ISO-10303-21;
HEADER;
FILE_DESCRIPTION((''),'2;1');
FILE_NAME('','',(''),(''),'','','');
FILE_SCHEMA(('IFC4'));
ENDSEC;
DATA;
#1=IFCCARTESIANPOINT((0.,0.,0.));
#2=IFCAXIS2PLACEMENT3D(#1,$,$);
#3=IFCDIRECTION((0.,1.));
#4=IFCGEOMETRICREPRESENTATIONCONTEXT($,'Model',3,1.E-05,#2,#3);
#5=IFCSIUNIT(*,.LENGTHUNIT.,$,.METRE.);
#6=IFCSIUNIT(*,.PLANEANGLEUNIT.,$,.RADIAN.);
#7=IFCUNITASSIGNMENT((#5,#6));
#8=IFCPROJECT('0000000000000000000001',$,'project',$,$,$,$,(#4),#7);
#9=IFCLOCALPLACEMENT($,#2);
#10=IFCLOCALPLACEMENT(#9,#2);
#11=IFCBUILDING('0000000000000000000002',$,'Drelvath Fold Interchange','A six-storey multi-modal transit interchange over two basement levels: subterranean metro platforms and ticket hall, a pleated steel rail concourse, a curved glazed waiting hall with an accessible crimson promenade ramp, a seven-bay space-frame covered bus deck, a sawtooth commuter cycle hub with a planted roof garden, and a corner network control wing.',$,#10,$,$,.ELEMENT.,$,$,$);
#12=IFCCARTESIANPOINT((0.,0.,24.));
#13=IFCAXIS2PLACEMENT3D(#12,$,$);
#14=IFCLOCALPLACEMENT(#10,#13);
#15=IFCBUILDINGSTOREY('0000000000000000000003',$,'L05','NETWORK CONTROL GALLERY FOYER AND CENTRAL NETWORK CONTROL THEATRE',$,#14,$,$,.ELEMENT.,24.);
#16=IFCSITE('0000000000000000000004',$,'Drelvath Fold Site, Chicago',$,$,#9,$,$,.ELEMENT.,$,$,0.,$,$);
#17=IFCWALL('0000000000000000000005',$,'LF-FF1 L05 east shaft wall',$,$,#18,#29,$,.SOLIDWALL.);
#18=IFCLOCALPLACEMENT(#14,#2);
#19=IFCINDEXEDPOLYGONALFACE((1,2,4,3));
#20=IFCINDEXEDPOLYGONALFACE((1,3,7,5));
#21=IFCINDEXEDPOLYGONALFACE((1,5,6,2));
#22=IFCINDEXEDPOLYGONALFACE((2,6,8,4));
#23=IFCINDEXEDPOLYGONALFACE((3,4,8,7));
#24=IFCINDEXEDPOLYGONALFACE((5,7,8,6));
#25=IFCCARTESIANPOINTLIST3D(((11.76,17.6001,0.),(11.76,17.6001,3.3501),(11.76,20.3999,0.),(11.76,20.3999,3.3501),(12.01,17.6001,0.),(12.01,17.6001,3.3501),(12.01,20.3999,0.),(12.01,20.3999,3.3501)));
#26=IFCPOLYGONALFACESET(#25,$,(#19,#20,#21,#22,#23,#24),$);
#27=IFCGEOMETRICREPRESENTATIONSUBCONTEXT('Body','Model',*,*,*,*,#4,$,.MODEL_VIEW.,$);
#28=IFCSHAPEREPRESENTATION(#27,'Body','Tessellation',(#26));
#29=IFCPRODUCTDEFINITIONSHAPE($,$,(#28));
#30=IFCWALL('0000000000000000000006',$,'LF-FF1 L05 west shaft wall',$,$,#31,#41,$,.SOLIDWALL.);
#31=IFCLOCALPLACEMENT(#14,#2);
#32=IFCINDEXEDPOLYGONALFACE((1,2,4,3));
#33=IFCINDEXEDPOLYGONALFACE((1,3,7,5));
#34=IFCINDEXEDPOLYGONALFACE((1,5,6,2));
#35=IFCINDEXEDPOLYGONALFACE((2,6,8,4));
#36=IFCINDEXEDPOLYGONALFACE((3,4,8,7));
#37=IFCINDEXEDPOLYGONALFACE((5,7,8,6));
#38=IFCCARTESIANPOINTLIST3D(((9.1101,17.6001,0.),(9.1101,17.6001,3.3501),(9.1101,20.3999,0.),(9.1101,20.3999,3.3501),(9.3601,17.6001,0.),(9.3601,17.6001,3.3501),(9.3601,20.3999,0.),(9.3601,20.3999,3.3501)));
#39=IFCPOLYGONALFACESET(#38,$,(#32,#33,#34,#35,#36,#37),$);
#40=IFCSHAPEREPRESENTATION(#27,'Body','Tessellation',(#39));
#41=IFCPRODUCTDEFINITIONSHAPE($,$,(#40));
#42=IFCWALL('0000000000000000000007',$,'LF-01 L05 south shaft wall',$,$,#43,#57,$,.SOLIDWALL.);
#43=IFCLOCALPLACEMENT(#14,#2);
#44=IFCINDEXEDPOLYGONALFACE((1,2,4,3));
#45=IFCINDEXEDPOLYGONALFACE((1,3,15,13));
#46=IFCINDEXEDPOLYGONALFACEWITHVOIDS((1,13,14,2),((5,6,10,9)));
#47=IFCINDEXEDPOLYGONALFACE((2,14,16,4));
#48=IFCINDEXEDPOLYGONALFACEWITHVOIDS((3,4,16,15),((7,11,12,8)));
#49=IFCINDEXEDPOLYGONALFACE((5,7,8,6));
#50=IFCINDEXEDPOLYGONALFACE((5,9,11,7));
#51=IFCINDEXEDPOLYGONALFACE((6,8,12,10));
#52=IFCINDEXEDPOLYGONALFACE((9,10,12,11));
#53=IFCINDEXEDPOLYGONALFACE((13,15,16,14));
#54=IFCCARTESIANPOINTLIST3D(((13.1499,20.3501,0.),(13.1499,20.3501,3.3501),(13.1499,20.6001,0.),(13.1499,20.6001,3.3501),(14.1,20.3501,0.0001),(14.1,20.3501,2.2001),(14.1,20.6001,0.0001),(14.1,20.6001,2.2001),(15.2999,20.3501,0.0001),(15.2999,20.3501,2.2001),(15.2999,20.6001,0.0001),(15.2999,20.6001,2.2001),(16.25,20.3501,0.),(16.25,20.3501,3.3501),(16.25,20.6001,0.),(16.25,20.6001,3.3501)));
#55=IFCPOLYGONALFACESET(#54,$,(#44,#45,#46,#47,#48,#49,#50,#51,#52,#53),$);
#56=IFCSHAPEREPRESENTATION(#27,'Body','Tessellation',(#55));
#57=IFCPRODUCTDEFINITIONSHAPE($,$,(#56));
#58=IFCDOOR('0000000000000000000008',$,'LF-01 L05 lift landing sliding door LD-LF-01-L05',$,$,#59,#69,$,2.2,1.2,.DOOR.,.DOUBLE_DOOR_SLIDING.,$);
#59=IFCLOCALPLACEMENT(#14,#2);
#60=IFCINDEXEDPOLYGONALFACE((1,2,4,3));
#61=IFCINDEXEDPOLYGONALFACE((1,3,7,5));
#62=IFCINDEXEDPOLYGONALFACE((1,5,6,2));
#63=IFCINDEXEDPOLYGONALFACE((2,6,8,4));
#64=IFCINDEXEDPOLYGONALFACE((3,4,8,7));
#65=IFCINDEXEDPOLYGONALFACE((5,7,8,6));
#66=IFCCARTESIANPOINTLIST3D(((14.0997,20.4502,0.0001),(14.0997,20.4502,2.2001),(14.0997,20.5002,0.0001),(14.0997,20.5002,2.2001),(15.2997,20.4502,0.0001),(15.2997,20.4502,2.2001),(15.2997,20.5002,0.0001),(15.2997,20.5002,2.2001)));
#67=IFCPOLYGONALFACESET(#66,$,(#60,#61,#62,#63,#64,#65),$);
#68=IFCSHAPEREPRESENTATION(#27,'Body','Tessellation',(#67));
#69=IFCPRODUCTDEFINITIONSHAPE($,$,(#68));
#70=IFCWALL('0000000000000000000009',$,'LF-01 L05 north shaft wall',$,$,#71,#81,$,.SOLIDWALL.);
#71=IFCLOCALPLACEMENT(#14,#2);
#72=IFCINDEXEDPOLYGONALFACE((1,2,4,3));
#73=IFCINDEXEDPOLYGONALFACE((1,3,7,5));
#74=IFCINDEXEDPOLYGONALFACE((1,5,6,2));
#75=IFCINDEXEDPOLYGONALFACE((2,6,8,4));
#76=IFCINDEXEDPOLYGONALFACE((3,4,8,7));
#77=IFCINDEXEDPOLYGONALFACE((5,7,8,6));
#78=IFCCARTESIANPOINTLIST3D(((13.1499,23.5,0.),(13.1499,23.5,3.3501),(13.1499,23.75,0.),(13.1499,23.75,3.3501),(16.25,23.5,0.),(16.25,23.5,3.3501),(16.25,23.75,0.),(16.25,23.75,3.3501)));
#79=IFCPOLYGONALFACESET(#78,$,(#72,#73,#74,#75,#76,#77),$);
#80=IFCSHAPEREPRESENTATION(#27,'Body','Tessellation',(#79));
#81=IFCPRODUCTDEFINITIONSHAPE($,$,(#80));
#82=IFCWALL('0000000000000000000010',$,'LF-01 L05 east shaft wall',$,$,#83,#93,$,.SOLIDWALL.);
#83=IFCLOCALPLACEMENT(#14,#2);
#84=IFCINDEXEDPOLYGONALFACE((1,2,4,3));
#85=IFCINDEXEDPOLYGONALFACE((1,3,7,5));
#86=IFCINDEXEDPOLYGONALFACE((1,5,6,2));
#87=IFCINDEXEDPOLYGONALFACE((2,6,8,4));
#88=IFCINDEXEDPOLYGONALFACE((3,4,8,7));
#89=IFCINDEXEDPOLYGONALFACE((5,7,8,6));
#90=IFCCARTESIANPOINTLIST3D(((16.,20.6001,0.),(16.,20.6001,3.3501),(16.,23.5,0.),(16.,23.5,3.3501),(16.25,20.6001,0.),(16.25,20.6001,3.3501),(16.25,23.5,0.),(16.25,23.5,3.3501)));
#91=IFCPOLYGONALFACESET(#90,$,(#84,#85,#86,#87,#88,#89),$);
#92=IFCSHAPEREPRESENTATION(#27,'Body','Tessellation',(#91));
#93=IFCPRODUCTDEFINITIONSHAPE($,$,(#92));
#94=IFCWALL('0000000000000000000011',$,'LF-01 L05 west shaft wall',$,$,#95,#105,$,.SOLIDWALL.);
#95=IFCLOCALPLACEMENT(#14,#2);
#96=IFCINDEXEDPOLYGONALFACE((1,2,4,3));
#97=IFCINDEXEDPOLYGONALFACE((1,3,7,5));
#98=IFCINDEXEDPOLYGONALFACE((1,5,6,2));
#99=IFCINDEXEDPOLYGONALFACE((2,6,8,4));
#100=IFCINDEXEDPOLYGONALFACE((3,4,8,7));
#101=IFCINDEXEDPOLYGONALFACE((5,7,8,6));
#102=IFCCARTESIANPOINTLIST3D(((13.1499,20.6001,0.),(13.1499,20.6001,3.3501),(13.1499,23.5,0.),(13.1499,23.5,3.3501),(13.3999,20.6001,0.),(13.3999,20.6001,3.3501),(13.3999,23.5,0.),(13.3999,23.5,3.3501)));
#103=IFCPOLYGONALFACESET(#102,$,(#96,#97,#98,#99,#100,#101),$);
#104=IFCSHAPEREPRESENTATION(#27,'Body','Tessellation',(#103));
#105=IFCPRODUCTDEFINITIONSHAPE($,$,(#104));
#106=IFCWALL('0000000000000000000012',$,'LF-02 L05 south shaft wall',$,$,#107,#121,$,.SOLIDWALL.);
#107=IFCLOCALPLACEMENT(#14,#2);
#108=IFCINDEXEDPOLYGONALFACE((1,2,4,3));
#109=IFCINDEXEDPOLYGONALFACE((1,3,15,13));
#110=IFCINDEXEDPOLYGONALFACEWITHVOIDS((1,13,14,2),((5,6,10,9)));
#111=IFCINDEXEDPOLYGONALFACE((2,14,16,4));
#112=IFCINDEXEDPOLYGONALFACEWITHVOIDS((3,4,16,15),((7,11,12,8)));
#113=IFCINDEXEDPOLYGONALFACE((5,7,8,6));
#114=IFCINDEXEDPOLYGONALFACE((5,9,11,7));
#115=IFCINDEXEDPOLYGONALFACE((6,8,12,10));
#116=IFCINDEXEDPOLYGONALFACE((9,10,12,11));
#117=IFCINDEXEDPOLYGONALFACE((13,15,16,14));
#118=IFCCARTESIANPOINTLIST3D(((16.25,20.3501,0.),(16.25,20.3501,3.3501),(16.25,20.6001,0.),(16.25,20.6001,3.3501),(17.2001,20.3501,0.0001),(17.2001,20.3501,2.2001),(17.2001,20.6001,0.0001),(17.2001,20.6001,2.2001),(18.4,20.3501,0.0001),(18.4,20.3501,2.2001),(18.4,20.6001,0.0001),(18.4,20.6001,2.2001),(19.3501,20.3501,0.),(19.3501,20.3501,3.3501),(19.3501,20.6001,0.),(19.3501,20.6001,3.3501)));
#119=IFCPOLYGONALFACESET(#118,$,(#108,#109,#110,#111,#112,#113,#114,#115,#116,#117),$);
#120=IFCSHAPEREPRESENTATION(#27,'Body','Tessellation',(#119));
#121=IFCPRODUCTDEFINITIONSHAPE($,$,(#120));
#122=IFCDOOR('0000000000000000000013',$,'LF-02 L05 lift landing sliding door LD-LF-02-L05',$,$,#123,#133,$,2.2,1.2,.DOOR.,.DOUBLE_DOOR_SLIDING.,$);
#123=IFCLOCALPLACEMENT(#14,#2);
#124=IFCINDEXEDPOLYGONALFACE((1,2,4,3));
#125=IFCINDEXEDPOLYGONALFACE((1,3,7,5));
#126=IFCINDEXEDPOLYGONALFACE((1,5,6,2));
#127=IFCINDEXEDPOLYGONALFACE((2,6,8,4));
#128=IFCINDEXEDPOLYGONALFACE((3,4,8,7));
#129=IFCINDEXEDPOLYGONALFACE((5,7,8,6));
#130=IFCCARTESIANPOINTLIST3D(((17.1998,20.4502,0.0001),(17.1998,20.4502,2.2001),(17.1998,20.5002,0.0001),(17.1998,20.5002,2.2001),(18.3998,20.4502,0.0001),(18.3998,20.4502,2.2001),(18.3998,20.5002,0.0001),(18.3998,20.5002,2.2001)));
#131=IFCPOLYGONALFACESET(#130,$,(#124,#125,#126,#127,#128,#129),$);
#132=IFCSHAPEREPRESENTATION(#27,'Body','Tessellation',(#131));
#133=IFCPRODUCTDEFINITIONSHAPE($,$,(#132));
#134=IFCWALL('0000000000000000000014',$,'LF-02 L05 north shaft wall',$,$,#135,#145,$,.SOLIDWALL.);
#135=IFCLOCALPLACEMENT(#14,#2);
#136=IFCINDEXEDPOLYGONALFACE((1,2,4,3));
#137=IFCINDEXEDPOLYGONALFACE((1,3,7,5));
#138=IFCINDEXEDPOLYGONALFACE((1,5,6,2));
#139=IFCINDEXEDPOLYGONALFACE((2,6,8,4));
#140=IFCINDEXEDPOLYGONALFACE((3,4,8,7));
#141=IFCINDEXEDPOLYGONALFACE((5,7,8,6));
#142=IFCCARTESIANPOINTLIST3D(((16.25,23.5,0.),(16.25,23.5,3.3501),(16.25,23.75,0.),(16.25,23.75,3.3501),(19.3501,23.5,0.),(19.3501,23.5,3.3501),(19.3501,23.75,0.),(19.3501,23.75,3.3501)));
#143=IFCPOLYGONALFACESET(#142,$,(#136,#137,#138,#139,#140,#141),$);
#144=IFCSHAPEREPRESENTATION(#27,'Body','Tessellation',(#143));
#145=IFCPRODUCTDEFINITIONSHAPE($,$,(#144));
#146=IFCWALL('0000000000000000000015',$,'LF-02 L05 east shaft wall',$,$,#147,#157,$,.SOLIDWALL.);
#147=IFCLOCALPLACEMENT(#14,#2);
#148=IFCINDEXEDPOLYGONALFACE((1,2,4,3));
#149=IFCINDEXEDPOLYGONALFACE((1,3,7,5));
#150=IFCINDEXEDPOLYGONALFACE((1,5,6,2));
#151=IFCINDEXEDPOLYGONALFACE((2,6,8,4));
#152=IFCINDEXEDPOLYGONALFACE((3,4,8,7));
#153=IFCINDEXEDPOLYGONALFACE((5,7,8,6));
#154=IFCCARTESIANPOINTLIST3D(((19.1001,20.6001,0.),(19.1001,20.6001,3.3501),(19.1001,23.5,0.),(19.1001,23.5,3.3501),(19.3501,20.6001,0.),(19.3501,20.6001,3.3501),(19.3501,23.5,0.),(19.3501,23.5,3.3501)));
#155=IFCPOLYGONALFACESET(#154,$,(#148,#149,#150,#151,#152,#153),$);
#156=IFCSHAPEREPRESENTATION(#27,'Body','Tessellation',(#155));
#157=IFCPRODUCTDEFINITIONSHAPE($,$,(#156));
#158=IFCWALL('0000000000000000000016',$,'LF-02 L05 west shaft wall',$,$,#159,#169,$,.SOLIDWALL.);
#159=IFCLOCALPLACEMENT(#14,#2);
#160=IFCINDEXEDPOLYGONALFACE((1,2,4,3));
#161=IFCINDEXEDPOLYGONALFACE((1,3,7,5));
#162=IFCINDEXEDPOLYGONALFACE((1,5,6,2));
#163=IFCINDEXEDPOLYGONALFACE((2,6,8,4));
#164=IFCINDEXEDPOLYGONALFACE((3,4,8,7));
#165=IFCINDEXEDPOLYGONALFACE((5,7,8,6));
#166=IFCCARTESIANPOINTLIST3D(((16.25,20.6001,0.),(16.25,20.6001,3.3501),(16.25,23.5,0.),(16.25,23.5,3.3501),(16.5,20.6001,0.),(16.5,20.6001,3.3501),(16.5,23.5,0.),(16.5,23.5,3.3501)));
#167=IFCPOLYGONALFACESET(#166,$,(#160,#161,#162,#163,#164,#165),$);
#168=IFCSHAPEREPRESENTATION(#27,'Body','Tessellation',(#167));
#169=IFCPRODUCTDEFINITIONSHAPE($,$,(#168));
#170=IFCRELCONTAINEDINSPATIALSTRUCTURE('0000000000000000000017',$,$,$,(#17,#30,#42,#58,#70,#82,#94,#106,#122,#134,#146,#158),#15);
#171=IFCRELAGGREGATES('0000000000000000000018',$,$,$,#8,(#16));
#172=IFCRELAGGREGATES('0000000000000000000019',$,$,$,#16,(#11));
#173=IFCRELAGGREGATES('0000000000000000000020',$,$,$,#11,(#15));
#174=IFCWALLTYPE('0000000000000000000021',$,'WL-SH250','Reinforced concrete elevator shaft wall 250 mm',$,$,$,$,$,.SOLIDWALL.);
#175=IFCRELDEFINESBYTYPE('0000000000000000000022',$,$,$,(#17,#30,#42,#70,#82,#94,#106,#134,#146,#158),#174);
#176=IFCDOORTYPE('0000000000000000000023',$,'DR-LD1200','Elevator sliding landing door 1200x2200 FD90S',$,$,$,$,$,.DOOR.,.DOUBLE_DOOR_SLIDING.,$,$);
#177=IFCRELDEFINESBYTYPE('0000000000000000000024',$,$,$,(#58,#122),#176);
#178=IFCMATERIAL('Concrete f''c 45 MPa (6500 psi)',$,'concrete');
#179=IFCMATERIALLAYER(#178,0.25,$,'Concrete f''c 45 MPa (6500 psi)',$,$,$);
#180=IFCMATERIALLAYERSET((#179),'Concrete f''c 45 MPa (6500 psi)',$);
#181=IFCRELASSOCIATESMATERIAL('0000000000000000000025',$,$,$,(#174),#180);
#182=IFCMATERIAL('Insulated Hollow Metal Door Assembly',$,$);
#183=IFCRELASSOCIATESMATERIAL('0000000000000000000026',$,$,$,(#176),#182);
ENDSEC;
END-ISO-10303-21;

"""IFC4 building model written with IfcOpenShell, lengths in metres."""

from ifc_helpers import new_model, si_unit, direction, frame, frame_2d, origin, place, context, subcontext, project, spatial, rectangle, extrude, material, layer, layer_set, type_object, element, fill, save


model = new_model("IFC4")

# Units and contexts
model_context = context("Model", 3, precision=1e-05, world=origin(), true_north=direction((0.0, 1.0)))
body_context = subcontext(model_context, "Body", "Model", "MODEL_VIEW")
ifc_project = project(units=[si_unit("LENGTHUNIT", "METRE"), si_unit("PLANEANGLEUNIT", "RADIAN")], contexts=[model_context])

# Site, building, storey
site_placement = place(None, origin())
site = spatial("IfcSite", under=ifc_project, at=site_placement, Name="Drelvath Fold Site, Chicago", CompositionType="ELEMENT", RefElevation=0.0)
building_placement = place(site_placement, origin())
building = spatial("IfcBuilding", under=site, at=building_placement, Name="Drelvath Fold Interchange", Description="A six-storey multi-modal transit interchange over two basement levels: subterranean metro platforms and ticket hall, a pleated steel rail concourse, a curved glazed waiting hall with an accessible crimson promenade ramp, a seven-bay space-frame covered bus deck, a sawtooth commuter cycle hub with a planted roof garden, and a corner network control wing.", CompositionType="ELEMENT")
storey_placement = place(building_placement, frame((0.0, 0.0, 24.0)))
storey = spatial("IfcBuildingStorey", under=building, at=storey_placement, Name="L05", Description="NETWORK CONTROL GALLERY FOYER AND CENTRAL NETWORK CONTROL THEATRE", CompositionType="ELEMENT", Elevation=24.0)

# Shared definitions
ifc_material_1 = material(Name="Concrete f'c 45 MPa (6500 psi)", Category="concrete")

# Shared definitions
ifc_material_2 = material(Name="Insulated Hollow Metal Door Assembly")

# Shared definitions
ifc_layer_1 = layer(ifc_material_1, 0.25, Name="Concrete f'c 45 MPa (6500 psi)")
ifc_layer_set_1 = layer_set([ifc_layer_1], Name="Concrete f'c 45 MPa (6500 psi)")
wall_type_1 = type_object("IfcWallType", Name="WL-SH250", Description="Reinforced concrete elevator shaft wall 250 mm", PredefinedType="SOLIDWALL", material=ifc_layer_set_1)

# Walls
for number, where, z_axis, x_axis, name in (
    (1, (11.885, 17.6001, 0.0), (0.0, 0.0, 1.0), (0.0, 1.0, 0.0), "LF-FF1 L05 east shaft wall"),
    (2, (9.2351, 20.3999, 0.0), (0.0, 0.0, 1.0), (0.0, -1.0, 0.0), "LF-FF1 L05 west shaft wall"),
):
    element("IfcWall", number, at=place(storey_placement, frame(where, z_axis=z_axis, x_axis=x_axis)), inside=storey, type_object=wall_type_1, Name=name, PredefinedType="SOLIDWALL", context=body_context, shape_type="SweptSolid", body=[
        extrude(rectangle(XDim=2.7998, YDim=0.25, at=frame_2d((1.3999, 0.0))), origin(), (0.0, 0.0, 1.0), 3.3501),
    ])

# Wall, opening, door
wall_1_placement = place(storey_placement, frame((13.1499, 20.4751, 0.0), z_axis=(0.0, 0.0, 1.0), x_axis=(1.0, 0.0, 0.0)))
wall_1 = element("IfcWall", 3, at=wall_1_placement, inside=storey, type_object=wall_type_1, Name="LF-01 L05 south shaft wall", PredefinedType="SOLIDWALL", context=body_context, shape_type="SweptSolid", body=[
    extrude(rectangle(XDim=3.1001, YDim=0.25, at=frame_2d((1.55, 0.0))), origin(), (0.0, 0.0, 1.0), 3.3501),
])
opening_1_placement = place(wall_1_placement, frame((0.95, 0.0, 0.0)))
opening_1 = element("IfcOpeningElement", 4, at=opening_1_placement, cuts=wall_1, PredefinedType="OPENING", context=body_context, shape_type="SweptSolid", body=[
    extrude(rectangle(XDim=1.2, YDim=2.2, at=frame_2d((0.6001, 1.1001))), frame((0.0, 0.135, 0.0), z_axis=(0.0, -1.0, 0.0), x_axis=(1.0, 0.0, 0.0)), (0.0, 0.0, 1.0), 0.27),
])
door_type_1 = type_object("IfcDoorType", Name="DR-LD1200", Description="Elevator sliding landing door 1200x2200 FD90S", OperationType="DOUBLE_DOOR_SLIDING", PredefinedType="DOOR", material=ifc_material_2)
door_1_placement = place(opening_1_placement, frame((1.2, 0.0, 0.0), z_axis=(0.0, 0.0, 1.0), x_axis=(-1.0, 0.0, 0.0)))
door_1 = element("IfcDoor", 5, at=door_1_placement, inside=storey, type_object=door_type_1, Name="LF-01 L05 lift landing sliding door LD-LF-01-L05", OperationType="DOUBLE_DOOR_SLIDING", OverallHeight=2.2, OverallWidth=1.2, PredefinedType="DOOR", context=body_context, shape_type="SweptSolid", body=[
    extrude(rectangle(XDim=1.2, YDim=2.2, at=frame_2d((0.6001, 1.1001))), frame((0.0, 0.0249, 0.0), z_axis=(0.0, -1.0, 0.0), x_axis=(1.0, 0.0, 0.0)), (0.0, 0.0, 1.0), 0.05),
])
fill(opening_1, door_1)

# Walls
wall_2_placement = place(storey_placement, frame((16.25, 23.625, 0.0), z_axis=(0.0, 0.0, 1.0), x_axis=(-1.0, 0.0, 0.0)))
element("IfcWall", 6, at=wall_2_placement, inside=storey, type_object=wall_type_1, Name="LF-01 L05 north shaft wall", PredefinedType="SOLIDWALL", context=body_context, shape_type="SweptSolid", body=[
    extrude(rectangle(XDim=3.1001, YDim=0.25, at=frame_2d((1.55, 0.0))), origin(), (0.0, 0.0, 1.0), 3.3501),
])
for number, where, z_axis, x_axis, name in (
    (7, (16.125, 20.6001, 0.0), (0.0, 0.0, 1.0), (0.0, 1.0, 0.0), "LF-01 L05 east shaft wall"),
    (8, (13.2749, 23.5, 0.0), (0.0, 0.0, 1.0), (0.0, -1.0, 0.0), "LF-01 L05 west shaft wall"),
):
    element("IfcWall", number, at=place(storey_placement, frame(where, z_axis=z_axis, x_axis=x_axis)), inside=storey, type_object=wall_type_1, Name=name, PredefinedType="SOLIDWALL", context=body_context, shape_type="SweptSolid", body=[
        extrude(rectangle(XDim=2.8999, YDim=0.25, at=frame_2d((1.45, 0.0))), origin(), (0.0, 0.0, 1.0), 3.3501),
    ])

# Wall, opening, door
wall_3_placement = place(storey_placement, frame((16.25, 20.4751, 0.0), z_axis=(0.0, 0.0, 1.0), x_axis=(1.0, 0.0, 0.0)))
wall_3 = element("IfcWall", 9, at=wall_3_placement, inside=storey, type_object=wall_type_1, Name="LF-02 L05 south shaft wall", PredefinedType="SOLIDWALL", context=body_context, shape_type="SweptSolid", body=[
    extrude(rectangle(XDim=3.1001, YDim=0.25, at=frame_2d((1.55, 0.0))), origin(), (0.0, 0.0, 1.0), 3.3501),
])
opening_2_placement = place(wall_3_placement, frame((0.95, 0.0, 0.0)))
opening_2 = element("IfcOpeningElement", 10, at=opening_2_placement, cuts=wall_3, PredefinedType="OPENING", context=body_context, shape_type="SweptSolid", body=[
    extrude(rectangle(XDim=1.2, YDim=2.2, at=frame_2d((0.6001, 1.1001))), frame((0.0, 0.135, 0.0), z_axis=(0.0, -1.0, 0.0), x_axis=(1.0, 0.0, 0.0)), (0.0, 0.0, 1.0), 0.27),
])
door_2_placement = place(opening_2_placement, frame((1.2, 0.0, 0.0), z_axis=(0.0, 0.0, 1.0), x_axis=(-1.0, 0.0, 0.0)))
door_2 = element("IfcDoor", 11, at=door_2_placement, inside=storey, type_object=door_type_1, Name="LF-02 L05 lift landing sliding door LD-LF-02-L05", OperationType="DOUBLE_DOOR_SLIDING", OverallHeight=2.2, OverallWidth=1.2, PredefinedType="DOOR", context=body_context, shape_type="SweptSolid", body=[
    extrude(rectangle(XDim=1.2, YDim=2.2, at=frame_2d((0.6001, 1.1001))), frame((0.0, 0.0249, 0.0), z_axis=(0.0, -1.0, 0.0), x_axis=(1.0, 0.0, 0.0)), (0.0, 0.0, 1.0), 0.05),
])
fill(opening_2, door_2)

# Walls
wall_4_placement = place(storey_placement, frame((19.3501, 23.625, 0.0), z_axis=(0.0, 0.0, 1.0), x_axis=(-1.0, 0.0, 0.0)))
element("IfcWall", 12, at=wall_4_placement, inside=storey, type_object=wall_type_1, Name="LF-02 L05 north shaft wall", PredefinedType="SOLIDWALL", context=body_context, shape_type="SweptSolid", body=[
    extrude(rectangle(XDim=3.1001, YDim=0.25, at=frame_2d((1.55, 0.0))), origin(), (0.0, 0.0, 1.0), 3.3501),
])
for number, where, z_axis, x_axis, name in (
    (13, (19.2251, 20.6001, 0.0), (0.0, 0.0, 1.0), (0.0, 1.0, 0.0), "LF-02 L05 east shaft wall"),
    (14, (16.375, 23.5, 0.0), (0.0, 0.0, 1.0), (0.0, -1.0, 0.0), "LF-02 L05 west shaft wall"),
):
    element("IfcWall", number, at=place(storey_placement, frame(where, z_axis=z_axis, x_axis=x_axis)), inside=storey, type_object=wall_type_1, Name=name, PredefinedType="SOLIDWALL", context=body_context, shape_type="SweptSolid", body=[
        extrude(rectangle(XDim=2.8999, YDim=0.25, at=frame_2d((1.45, 0.0))), origin(), (0.0, 0.0, 1.0), 3.3501),
    ])

save(model, "model.ifc")
